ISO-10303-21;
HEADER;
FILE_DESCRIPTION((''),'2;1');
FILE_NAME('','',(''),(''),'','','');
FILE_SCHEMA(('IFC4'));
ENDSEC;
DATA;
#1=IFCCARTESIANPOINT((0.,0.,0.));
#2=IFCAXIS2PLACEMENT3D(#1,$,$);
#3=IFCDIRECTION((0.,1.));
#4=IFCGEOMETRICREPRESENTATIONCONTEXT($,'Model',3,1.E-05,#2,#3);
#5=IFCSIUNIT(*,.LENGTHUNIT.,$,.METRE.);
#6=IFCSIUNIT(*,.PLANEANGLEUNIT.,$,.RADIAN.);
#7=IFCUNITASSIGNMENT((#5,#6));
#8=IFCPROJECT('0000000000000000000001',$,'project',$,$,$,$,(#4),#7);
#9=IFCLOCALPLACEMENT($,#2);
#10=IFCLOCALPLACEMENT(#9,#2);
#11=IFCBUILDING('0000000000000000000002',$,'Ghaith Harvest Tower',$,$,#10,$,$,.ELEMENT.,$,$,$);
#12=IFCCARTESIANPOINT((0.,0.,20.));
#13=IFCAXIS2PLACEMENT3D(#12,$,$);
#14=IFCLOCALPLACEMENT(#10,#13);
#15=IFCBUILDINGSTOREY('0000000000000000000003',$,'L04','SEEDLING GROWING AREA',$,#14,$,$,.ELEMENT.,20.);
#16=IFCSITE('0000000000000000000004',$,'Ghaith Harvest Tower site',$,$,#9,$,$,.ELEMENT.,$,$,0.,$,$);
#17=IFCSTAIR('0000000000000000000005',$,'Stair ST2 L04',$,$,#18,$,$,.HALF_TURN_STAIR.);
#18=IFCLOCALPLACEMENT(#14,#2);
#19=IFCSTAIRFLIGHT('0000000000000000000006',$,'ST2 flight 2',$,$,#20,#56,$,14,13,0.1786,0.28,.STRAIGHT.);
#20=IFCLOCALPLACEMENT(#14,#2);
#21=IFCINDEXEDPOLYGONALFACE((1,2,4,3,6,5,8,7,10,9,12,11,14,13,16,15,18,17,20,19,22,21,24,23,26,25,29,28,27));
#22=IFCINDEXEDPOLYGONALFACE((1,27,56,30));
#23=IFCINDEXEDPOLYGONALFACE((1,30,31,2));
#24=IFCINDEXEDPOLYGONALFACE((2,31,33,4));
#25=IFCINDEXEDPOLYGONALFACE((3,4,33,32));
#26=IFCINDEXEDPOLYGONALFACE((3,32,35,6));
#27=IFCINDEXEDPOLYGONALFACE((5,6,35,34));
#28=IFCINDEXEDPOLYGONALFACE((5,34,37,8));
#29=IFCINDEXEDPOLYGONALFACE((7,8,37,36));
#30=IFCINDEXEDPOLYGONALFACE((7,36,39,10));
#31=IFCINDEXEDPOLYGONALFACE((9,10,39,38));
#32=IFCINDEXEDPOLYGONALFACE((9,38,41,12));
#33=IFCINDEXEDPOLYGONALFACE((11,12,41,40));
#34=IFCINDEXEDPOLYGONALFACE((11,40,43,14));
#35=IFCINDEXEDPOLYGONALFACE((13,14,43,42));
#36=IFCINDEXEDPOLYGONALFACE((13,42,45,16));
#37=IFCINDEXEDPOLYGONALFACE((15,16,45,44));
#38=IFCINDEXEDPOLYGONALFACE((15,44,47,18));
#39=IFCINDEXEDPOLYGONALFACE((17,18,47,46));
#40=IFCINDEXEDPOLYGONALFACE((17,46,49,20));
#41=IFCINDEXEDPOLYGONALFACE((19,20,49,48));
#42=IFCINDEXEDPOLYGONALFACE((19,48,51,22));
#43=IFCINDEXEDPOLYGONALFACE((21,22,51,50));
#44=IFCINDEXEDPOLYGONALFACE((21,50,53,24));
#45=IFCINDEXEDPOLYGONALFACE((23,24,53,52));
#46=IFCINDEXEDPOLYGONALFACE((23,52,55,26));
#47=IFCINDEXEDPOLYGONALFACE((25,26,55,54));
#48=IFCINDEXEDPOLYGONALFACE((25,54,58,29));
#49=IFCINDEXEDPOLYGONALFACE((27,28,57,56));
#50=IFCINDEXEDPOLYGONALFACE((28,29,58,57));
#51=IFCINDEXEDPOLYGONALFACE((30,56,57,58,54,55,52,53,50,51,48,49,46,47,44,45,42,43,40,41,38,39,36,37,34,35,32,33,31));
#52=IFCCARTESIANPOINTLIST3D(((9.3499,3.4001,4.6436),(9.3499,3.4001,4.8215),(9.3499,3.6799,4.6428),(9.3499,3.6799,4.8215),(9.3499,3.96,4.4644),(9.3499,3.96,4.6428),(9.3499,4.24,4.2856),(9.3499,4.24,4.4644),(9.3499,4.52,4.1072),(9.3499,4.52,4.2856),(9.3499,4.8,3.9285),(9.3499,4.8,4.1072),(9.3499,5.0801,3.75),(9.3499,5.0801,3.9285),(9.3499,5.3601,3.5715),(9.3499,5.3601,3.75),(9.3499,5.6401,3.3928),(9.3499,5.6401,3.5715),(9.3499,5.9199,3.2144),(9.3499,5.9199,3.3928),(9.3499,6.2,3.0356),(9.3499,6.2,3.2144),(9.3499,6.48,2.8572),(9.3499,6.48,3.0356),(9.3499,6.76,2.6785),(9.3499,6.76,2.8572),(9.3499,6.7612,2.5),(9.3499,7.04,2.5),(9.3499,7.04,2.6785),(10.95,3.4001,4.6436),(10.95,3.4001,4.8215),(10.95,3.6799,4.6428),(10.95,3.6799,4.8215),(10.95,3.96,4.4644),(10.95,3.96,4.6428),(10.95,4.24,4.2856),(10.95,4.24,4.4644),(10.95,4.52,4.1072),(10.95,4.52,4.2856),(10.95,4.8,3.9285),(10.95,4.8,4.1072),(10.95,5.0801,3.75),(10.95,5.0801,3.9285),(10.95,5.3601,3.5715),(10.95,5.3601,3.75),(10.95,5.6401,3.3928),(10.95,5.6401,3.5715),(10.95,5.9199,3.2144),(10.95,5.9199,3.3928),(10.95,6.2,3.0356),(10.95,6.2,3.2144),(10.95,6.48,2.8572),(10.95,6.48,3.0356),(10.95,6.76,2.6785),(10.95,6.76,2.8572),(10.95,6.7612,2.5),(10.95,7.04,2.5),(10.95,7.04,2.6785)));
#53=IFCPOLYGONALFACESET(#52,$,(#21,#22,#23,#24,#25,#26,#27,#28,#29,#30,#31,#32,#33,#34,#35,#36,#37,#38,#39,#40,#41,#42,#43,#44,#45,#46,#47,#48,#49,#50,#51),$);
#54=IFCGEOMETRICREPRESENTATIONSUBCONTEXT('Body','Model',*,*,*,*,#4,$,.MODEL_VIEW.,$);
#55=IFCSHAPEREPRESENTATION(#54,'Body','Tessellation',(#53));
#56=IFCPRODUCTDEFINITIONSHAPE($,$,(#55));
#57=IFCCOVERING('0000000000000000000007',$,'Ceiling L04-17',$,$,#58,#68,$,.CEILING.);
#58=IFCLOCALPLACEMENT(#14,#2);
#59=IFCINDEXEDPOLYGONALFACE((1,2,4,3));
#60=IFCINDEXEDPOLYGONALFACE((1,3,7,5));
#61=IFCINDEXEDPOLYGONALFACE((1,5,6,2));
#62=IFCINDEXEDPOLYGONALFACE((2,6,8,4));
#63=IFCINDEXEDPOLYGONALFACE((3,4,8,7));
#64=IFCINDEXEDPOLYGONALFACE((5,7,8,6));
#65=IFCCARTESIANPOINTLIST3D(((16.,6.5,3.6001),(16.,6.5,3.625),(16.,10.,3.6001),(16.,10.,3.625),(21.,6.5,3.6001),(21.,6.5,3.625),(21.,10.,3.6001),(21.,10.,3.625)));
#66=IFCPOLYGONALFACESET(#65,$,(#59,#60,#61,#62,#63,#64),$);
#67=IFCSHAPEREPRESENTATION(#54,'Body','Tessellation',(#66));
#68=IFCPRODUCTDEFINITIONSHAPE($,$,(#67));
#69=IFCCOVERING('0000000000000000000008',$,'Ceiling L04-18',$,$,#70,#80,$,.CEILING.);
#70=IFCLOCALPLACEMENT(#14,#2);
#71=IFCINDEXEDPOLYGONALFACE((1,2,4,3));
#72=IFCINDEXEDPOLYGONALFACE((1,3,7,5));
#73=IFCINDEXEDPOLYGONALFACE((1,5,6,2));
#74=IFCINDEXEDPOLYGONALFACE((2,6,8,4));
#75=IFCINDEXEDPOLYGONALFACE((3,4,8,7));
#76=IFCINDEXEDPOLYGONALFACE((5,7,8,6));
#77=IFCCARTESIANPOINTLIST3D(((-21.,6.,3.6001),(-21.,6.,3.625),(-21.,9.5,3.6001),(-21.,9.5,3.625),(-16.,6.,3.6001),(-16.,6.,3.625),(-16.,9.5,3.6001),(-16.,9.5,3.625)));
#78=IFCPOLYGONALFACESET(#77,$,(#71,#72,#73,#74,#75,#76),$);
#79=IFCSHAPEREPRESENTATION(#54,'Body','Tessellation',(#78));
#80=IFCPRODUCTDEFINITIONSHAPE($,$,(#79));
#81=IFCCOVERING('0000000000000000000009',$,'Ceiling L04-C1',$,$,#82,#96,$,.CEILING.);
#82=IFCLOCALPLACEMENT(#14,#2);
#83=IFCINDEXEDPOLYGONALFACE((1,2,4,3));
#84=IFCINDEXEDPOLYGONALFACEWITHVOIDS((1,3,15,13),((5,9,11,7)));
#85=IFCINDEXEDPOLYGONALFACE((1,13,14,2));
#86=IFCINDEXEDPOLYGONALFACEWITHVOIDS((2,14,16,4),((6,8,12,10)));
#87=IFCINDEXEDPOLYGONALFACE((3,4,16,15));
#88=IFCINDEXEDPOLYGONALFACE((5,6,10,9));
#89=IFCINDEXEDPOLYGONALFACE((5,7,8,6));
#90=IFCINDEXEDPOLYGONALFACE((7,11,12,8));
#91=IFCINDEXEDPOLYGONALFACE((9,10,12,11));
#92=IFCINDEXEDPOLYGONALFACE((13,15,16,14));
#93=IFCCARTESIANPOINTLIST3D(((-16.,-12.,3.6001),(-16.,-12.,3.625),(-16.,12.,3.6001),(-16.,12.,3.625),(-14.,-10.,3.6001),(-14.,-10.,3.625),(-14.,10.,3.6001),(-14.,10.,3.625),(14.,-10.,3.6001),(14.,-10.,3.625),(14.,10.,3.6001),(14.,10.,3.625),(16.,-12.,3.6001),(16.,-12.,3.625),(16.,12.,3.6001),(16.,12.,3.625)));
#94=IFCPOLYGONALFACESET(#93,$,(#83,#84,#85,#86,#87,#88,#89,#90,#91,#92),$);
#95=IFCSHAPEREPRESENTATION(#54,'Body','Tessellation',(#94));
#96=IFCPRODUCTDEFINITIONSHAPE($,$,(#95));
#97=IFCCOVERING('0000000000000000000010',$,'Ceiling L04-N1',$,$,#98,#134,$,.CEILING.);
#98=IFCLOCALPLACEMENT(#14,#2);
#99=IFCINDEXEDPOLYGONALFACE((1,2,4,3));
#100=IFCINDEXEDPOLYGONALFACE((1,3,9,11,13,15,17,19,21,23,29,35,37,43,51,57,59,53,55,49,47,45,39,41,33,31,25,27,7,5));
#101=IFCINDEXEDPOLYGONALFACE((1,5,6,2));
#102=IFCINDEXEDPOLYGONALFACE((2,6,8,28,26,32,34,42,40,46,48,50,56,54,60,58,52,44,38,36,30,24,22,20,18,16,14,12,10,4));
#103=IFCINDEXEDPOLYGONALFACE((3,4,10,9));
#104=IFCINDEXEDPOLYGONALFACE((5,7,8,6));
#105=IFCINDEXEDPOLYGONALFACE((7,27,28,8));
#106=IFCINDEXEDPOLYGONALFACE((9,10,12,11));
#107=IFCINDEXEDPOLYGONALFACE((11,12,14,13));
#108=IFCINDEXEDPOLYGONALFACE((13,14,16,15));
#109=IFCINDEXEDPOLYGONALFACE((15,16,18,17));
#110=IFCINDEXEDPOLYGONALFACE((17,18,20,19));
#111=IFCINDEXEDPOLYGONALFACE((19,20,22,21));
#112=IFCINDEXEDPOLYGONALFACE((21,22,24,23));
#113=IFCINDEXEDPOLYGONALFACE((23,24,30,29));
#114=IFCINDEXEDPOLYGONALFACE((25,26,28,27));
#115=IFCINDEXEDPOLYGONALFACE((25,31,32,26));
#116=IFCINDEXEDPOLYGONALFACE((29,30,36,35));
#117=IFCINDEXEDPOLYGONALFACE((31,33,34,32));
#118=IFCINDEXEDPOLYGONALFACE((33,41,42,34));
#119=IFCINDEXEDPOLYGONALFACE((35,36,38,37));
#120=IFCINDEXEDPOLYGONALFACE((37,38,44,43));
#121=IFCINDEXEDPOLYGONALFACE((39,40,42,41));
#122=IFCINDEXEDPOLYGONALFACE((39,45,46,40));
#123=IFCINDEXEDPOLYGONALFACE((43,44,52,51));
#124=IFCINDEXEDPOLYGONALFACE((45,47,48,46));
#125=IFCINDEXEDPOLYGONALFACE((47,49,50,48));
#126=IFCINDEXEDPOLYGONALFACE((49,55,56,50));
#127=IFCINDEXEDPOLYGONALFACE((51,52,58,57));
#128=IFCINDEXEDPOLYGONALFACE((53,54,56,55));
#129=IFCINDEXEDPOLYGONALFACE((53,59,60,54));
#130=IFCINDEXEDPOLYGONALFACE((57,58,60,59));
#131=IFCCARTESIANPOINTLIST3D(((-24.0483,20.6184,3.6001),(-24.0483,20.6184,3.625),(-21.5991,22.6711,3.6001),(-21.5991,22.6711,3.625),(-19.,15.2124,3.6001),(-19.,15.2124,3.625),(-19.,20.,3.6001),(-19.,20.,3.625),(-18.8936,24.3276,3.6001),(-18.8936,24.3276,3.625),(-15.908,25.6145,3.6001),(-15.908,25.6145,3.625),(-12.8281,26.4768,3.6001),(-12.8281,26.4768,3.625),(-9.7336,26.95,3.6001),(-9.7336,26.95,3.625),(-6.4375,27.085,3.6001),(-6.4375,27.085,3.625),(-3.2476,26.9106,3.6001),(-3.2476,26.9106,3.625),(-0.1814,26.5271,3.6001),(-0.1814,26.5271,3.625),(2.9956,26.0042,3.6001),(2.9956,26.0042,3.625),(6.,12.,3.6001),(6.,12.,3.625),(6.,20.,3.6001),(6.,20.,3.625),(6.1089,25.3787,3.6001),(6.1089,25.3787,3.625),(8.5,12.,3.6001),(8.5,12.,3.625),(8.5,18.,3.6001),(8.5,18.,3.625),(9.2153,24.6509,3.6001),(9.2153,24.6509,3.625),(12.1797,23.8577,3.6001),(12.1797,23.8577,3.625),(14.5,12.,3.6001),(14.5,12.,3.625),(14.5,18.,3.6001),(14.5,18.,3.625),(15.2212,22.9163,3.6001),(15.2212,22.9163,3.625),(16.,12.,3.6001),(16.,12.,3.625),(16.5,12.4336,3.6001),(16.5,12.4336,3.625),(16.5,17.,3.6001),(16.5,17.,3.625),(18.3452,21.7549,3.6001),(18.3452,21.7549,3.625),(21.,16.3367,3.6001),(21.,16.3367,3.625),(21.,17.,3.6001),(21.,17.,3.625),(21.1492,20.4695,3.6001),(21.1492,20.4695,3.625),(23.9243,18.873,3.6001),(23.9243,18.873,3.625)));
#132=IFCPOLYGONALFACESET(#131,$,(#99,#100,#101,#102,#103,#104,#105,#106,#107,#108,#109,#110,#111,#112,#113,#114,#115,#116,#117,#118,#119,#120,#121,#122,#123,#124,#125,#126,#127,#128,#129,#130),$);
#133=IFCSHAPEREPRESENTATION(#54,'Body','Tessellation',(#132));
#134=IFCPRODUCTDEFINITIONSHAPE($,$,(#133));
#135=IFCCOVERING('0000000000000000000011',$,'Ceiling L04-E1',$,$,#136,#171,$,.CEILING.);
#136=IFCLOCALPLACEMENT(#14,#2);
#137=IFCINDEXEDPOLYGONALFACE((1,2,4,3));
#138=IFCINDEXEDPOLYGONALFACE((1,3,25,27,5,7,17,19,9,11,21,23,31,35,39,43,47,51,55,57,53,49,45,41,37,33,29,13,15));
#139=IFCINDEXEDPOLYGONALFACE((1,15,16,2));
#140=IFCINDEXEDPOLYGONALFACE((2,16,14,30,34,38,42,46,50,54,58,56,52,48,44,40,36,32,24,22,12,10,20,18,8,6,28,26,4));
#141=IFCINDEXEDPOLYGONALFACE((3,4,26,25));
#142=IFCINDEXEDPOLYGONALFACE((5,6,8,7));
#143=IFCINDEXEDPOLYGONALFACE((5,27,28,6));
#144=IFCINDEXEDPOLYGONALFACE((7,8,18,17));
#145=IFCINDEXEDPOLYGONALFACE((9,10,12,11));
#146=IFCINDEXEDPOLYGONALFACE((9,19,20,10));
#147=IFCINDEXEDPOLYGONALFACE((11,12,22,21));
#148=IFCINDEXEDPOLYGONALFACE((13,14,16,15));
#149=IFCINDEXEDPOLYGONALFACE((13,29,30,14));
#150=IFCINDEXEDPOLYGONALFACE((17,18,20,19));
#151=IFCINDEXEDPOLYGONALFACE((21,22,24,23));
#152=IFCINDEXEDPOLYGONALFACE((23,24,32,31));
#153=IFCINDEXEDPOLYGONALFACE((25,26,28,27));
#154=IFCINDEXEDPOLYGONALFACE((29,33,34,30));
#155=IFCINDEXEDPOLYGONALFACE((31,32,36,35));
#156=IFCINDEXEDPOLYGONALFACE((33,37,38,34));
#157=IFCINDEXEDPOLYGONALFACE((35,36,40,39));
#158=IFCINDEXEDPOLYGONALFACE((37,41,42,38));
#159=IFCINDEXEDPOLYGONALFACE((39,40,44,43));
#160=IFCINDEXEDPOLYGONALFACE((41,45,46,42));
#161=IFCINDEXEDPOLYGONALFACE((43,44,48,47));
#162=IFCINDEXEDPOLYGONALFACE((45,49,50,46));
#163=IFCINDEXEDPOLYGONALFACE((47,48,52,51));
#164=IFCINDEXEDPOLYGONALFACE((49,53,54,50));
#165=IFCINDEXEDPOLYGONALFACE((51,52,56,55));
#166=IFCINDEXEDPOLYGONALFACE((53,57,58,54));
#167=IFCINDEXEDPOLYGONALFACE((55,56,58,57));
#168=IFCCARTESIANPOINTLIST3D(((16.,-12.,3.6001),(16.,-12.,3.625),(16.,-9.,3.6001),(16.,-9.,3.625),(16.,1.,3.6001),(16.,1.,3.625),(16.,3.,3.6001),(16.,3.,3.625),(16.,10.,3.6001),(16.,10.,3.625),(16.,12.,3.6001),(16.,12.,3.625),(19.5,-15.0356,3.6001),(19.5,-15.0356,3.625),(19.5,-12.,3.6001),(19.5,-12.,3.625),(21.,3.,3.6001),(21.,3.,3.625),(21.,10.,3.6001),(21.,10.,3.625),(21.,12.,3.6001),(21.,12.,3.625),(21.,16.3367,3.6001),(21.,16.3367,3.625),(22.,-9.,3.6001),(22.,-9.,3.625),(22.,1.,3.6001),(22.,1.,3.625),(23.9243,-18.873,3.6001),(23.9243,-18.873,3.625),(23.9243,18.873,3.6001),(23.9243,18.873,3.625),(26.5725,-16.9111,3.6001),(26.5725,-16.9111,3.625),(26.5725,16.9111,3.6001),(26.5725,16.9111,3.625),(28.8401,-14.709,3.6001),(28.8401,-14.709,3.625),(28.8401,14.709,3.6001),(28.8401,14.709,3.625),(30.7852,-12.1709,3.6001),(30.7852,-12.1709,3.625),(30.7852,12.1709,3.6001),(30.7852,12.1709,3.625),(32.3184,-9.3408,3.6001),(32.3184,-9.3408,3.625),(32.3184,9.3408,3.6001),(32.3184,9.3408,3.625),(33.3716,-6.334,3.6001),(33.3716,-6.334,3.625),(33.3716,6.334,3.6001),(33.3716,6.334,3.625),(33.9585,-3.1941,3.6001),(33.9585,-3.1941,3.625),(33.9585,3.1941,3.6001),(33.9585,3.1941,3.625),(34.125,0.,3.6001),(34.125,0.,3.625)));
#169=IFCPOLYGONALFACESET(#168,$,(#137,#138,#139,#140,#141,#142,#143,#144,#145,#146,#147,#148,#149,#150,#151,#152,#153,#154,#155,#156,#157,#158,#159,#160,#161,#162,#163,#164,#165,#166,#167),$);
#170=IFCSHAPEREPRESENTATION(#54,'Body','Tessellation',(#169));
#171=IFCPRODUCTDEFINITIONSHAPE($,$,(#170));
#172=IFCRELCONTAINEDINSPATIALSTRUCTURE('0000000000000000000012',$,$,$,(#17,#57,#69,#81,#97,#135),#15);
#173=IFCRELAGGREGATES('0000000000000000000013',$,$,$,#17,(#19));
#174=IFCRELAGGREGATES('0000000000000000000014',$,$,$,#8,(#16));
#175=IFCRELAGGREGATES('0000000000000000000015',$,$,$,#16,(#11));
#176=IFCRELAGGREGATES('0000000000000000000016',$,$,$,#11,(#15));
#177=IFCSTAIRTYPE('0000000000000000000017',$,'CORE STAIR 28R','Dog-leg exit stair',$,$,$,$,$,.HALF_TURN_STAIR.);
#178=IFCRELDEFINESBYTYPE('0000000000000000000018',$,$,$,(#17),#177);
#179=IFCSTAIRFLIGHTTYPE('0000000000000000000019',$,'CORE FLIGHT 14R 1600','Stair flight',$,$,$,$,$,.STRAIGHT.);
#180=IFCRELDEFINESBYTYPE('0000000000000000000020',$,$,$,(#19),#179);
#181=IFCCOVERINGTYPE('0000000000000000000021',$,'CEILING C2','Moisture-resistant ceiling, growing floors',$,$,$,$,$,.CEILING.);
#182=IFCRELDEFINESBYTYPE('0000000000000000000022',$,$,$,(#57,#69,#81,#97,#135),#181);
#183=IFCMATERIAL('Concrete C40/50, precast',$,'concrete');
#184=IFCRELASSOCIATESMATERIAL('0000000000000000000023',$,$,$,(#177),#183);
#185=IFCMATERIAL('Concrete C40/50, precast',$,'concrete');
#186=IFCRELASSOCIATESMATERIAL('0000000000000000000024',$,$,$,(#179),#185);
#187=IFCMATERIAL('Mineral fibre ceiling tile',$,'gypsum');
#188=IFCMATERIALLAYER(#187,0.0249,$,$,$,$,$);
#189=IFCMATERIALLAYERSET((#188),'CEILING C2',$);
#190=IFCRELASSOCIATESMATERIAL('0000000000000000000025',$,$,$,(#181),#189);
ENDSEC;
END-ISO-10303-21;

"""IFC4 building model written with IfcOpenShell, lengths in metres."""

from ifc_helpers import new_model, si_unit, direction, frame, origin, place, context, subcontext, project, spatial, polyline, outline, extrude, material, layer, layer_set, type_object, element, aggregate, save


model = new_model("IFC4")

# Units and contexts
model_context = context("Model", 3, precision=1e-05, world=origin(), true_north=direction((0.0, 1.0)))
body_context = subcontext(model_context, "Body", "Model", "MODEL_VIEW")
ifc_project = project(units=[si_unit("LENGTHUNIT", "METRE"), si_unit("PLANEANGLEUNIT", "RADIAN")], contexts=[model_context])

# Site, building, storey
site_placement = place(None, origin())
site = spatial("IfcSite", under=ifc_project, at=site_placement, Name="Ghaith Harvest Tower site", CompositionType="ELEMENT", RefElevation=0.0)
building_placement = place(site_placement, origin())
building = spatial("IfcBuilding", under=site, at=building_placement, Name="Ghaith Harvest Tower", CompositionType="ELEMENT")
storey_placement = place(building_placement, frame((0.0, 0.0, 20.0)))
storey = spatial("IfcBuildingStorey", under=building, at=storey_placement, Name="L04", Description="SEEDLING GROWING AREA", CompositionType="ELEMENT", Elevation=20.0)

# Stair, stair flight
ifc_material_1 = material(Name="Concrete C40/50, precast", Category="concrete")
stair_type = type_object("IfcStairType", Name="CORE STAIR 28R", Description="Dog-leg exit stair", PredefinedType="HALF_TURN_STAIR", material=ifc_material_1)
stair_placement = place(storey_placement, origin())
stair = element("IfcStair", 1, at=stair_placement, inside=storey, type_object=stair_type, Name="Stair ST2 L04", PredefinedType="HALF_TURN_STAIR")
ifc_material_2 = material(Name="Concrete C40/50, precast", Category="concrete")
stair_flight_type = type_object("IfcStairFlightType", Name="CORE FLIGHT 14R 1600", Description="Stair flight", PredefinedType="STRAIGHT", material=ifc_material_2)
stair_flight_1_placement = place(storey_placement, frame((10.1499, 7.04, 2.5), z_axis=(0.0, 0.0, 1.0), x_axis=(0.0, -1.0, 0.0)))
stair_flight_1 = element("IfcStairFlight", 2, at=stair_flight_1_placement, type_object=stair_flight_type, Name="ST2 flight 2", NumberOfRisers=14, NumberOfTreads=13, PredefinedType="STRAIGHT", RiserHeight=0.1786, TreadLength=0.28, context=body_context, shape_type="SweptSolid", body=[
    extrude(outline(polyline([(0.0, 0.0), (0.0, 0.1785), (0.28, 0.1785), (0.28, 0.3572), (0.5601, 0.3572), (0.5601, 0.5356), (0.8401, 0.5356), (0.8401, 0.7144), (1.1201, 0.7144), (1.1201, 0.8928), (1.3999, 0.8928), (1.3999, 1.0715), (1.6799, 1.0715), (1.6799, 1.25), (1.96, 1.25), (1.96, 1.4285), (2.24, 1.4285), (2.24, 1.6072), (2.52, 1.6072), (2.52, 1.7856), (2.8, 1.7856), (2.8, 1.9644), (3.0801, 1.9644), (3.0801, 2.1428), (3.3601, 2.1428), (3.3601, 2.3215), (3.6399, 2.3215), (3.6399, 2.5), (3.6399, 2.1436), (0.2788, 0.0), (0.0, 0.0)])), frame((0.0, 0.8, 0.0), z_axis=(0.0, -1.0, 0.0), x_axis=(1.0, 0.0, 0.0)), (0.0, 0.0, 1.0), 1.6001),
])
aggregate(stair, [stair_flight_1])

# Coverings
ifc_material_3 = material(Name="Mineral fibre ceiling tile", Category="gypsum")
ifc_layer_1 = layer(ifc_material_3, 0.0249)
ifc_layer_set_1 = layer_set([ifc_layer_1], Name="CEILING C2")
covering_type = type_object("IfcCoveringType", Name="CEILING C2", Description="Moisture-resistant ceiling, growing floors", PredefinedType="CEILING", material=ifc_layer_set_1)
covering_1_placement = place(storey_placement, frame((0.0, 0.0, 3.6001)))
element("IfcCovering", 3, at=covering_1_placement, inside=storey, type_object=covering_type, Name="Ceiling L04-17", PredefinedType="CEILING", context=body_context, shape_type="SweptSolid", body=[
    extrude(outline(polyline([(16.0, 6.5), (21.0, 6.5), (21.0, 10.0), (16.0, 10.0), (16.0, 6.5)])), origin(), (0.0, 0.0, 1.0), 0.0249),
])
covering_2_placement = place(storey_placement, frame((0.0, 0.0, 3.6001)))
element("IfcCovering", 4, at=covering_2_placement, inside=storey, type_object=covering_type, Name="Ceiling L04-18", PredefinedType="CEILING", context=body_context, shape_type="SweptSolid", body=[
    extrude(outline(polyline([(-21.0, 6.0), (-16.0, 6.0), (-16.0, 9.5), (-21.0, 9.5), (-21.0, 6.0)])), origin(), (0.0, 0.0, 1.0), 0.0249),
])
covering_3_placement = place(storey_placement, frame((0.0, 0.0, 3.6001)))
element("IfcCovering", 5, at=covering_3_placement, inside=storey, type_object=covering_type, Name="Ceiling L04-C1", PredefinedType="CEILING", context=body_context, shape_type="SweptSolid", body=[
    extrude(outline(polyline([(-16.0, 12.0), (16.0, 12.0), (16.0, -12.0), (-16.0, -12.0), (-16.0, 12.0)]), holes=[polyline([(14.0, -10.0), (14.0, 10.0), (-14.0, 10.0), (-14.0, -10.0), (14.0, -10.0)])]), origin(), (0.0, 0.0, 1.0), 0.0249),
])
covering_4_placement = place(storey_placement, frame((0.0, 0.0, 3.6001)))
element("IfcCovering", 6, at=covering_4_placement, inside=storey, type_object=covering_type, Name="Ceiling L04-N1", PredefinedType="CEILING", context=body_context, shape_type="SweptSolid", body=[
    extrude(outline(polyline([(-21.5991, 22.6711), (-18.8936, 24.3276), (-15.908, 25.6145), (-12.8281, 26.4768), (-9.7336, 26.95), (-6.4375, 27.085), (-3.2476, 26.9106), (-0.1814, 26.5271), (2.9956, 26.0042), (6.1089, 25.3787), (9.2153, 24.6509), (12.1797, 23.8577), (15.2212, 22.9163), (18.3452, 21.7549), (21.1492, 20.4695), (23.9243, 18.873), (21.0, 16.3367), (21.0, 17.0), (16.5, 17.0), (16.5, 12.4336), (16.0, 12.0), (14.5, 12.0), (14.5, 18.0), (8.5, 18.0), (8.5, 12.0), (6.0, 12.0), (6.0, 20.0), (-19.0, 20.0), (-19.0, 15.2124), (-24.0483, 20.6184), (-21.5991, 22.6711)])), origin(), (0.0, 0.0, 1.0), 0.0249),
])
covering_5_placement = place(storey_placement, frame((0.0, 0.0, 3.6001)))
element("IfcCovering", 7, at=covering_5_placement, inside=storey, type_object=covering_type, Name="Ceiling L04-E1", PredefinedType="CEILING", context=body_context, shape_type="SweptSolid", body=[
    extrude(outline(polyline([(28.8401, 14.709), (30.7852, 12.1709), (32.3184, 9.3408), (33.3716, 6.334), (33.9585, 3.1941), (34.125, 0.0), (33.9585, -3.1941), (33.3716, -6.334), (32.3184, -9.3408), (30.7852, -12.1709), (28.8401, -14.709), (26.5725, -16.9111), (23.9243, -18.873), (19.5, -15.0356), (19.5, -12.0), (16.0, -12.0), (16.0, -9.0), (22.0, -9.0), (22.0, 1.0), (16.0, 1.0), (16.0, 3.0), (21.0, 3.0), (21.0, 10.0), (16.0, 10.0), (16.0, 12.0), (21.0, 12.0), (21.0, 16.3367), (23.9243, 18.873), (26.5725, 16.9111), (28.8401, 14.709)])), origin(), (0.0, 0.0, 1.0), 0.0249),
])

save(model, "model.ifc")
